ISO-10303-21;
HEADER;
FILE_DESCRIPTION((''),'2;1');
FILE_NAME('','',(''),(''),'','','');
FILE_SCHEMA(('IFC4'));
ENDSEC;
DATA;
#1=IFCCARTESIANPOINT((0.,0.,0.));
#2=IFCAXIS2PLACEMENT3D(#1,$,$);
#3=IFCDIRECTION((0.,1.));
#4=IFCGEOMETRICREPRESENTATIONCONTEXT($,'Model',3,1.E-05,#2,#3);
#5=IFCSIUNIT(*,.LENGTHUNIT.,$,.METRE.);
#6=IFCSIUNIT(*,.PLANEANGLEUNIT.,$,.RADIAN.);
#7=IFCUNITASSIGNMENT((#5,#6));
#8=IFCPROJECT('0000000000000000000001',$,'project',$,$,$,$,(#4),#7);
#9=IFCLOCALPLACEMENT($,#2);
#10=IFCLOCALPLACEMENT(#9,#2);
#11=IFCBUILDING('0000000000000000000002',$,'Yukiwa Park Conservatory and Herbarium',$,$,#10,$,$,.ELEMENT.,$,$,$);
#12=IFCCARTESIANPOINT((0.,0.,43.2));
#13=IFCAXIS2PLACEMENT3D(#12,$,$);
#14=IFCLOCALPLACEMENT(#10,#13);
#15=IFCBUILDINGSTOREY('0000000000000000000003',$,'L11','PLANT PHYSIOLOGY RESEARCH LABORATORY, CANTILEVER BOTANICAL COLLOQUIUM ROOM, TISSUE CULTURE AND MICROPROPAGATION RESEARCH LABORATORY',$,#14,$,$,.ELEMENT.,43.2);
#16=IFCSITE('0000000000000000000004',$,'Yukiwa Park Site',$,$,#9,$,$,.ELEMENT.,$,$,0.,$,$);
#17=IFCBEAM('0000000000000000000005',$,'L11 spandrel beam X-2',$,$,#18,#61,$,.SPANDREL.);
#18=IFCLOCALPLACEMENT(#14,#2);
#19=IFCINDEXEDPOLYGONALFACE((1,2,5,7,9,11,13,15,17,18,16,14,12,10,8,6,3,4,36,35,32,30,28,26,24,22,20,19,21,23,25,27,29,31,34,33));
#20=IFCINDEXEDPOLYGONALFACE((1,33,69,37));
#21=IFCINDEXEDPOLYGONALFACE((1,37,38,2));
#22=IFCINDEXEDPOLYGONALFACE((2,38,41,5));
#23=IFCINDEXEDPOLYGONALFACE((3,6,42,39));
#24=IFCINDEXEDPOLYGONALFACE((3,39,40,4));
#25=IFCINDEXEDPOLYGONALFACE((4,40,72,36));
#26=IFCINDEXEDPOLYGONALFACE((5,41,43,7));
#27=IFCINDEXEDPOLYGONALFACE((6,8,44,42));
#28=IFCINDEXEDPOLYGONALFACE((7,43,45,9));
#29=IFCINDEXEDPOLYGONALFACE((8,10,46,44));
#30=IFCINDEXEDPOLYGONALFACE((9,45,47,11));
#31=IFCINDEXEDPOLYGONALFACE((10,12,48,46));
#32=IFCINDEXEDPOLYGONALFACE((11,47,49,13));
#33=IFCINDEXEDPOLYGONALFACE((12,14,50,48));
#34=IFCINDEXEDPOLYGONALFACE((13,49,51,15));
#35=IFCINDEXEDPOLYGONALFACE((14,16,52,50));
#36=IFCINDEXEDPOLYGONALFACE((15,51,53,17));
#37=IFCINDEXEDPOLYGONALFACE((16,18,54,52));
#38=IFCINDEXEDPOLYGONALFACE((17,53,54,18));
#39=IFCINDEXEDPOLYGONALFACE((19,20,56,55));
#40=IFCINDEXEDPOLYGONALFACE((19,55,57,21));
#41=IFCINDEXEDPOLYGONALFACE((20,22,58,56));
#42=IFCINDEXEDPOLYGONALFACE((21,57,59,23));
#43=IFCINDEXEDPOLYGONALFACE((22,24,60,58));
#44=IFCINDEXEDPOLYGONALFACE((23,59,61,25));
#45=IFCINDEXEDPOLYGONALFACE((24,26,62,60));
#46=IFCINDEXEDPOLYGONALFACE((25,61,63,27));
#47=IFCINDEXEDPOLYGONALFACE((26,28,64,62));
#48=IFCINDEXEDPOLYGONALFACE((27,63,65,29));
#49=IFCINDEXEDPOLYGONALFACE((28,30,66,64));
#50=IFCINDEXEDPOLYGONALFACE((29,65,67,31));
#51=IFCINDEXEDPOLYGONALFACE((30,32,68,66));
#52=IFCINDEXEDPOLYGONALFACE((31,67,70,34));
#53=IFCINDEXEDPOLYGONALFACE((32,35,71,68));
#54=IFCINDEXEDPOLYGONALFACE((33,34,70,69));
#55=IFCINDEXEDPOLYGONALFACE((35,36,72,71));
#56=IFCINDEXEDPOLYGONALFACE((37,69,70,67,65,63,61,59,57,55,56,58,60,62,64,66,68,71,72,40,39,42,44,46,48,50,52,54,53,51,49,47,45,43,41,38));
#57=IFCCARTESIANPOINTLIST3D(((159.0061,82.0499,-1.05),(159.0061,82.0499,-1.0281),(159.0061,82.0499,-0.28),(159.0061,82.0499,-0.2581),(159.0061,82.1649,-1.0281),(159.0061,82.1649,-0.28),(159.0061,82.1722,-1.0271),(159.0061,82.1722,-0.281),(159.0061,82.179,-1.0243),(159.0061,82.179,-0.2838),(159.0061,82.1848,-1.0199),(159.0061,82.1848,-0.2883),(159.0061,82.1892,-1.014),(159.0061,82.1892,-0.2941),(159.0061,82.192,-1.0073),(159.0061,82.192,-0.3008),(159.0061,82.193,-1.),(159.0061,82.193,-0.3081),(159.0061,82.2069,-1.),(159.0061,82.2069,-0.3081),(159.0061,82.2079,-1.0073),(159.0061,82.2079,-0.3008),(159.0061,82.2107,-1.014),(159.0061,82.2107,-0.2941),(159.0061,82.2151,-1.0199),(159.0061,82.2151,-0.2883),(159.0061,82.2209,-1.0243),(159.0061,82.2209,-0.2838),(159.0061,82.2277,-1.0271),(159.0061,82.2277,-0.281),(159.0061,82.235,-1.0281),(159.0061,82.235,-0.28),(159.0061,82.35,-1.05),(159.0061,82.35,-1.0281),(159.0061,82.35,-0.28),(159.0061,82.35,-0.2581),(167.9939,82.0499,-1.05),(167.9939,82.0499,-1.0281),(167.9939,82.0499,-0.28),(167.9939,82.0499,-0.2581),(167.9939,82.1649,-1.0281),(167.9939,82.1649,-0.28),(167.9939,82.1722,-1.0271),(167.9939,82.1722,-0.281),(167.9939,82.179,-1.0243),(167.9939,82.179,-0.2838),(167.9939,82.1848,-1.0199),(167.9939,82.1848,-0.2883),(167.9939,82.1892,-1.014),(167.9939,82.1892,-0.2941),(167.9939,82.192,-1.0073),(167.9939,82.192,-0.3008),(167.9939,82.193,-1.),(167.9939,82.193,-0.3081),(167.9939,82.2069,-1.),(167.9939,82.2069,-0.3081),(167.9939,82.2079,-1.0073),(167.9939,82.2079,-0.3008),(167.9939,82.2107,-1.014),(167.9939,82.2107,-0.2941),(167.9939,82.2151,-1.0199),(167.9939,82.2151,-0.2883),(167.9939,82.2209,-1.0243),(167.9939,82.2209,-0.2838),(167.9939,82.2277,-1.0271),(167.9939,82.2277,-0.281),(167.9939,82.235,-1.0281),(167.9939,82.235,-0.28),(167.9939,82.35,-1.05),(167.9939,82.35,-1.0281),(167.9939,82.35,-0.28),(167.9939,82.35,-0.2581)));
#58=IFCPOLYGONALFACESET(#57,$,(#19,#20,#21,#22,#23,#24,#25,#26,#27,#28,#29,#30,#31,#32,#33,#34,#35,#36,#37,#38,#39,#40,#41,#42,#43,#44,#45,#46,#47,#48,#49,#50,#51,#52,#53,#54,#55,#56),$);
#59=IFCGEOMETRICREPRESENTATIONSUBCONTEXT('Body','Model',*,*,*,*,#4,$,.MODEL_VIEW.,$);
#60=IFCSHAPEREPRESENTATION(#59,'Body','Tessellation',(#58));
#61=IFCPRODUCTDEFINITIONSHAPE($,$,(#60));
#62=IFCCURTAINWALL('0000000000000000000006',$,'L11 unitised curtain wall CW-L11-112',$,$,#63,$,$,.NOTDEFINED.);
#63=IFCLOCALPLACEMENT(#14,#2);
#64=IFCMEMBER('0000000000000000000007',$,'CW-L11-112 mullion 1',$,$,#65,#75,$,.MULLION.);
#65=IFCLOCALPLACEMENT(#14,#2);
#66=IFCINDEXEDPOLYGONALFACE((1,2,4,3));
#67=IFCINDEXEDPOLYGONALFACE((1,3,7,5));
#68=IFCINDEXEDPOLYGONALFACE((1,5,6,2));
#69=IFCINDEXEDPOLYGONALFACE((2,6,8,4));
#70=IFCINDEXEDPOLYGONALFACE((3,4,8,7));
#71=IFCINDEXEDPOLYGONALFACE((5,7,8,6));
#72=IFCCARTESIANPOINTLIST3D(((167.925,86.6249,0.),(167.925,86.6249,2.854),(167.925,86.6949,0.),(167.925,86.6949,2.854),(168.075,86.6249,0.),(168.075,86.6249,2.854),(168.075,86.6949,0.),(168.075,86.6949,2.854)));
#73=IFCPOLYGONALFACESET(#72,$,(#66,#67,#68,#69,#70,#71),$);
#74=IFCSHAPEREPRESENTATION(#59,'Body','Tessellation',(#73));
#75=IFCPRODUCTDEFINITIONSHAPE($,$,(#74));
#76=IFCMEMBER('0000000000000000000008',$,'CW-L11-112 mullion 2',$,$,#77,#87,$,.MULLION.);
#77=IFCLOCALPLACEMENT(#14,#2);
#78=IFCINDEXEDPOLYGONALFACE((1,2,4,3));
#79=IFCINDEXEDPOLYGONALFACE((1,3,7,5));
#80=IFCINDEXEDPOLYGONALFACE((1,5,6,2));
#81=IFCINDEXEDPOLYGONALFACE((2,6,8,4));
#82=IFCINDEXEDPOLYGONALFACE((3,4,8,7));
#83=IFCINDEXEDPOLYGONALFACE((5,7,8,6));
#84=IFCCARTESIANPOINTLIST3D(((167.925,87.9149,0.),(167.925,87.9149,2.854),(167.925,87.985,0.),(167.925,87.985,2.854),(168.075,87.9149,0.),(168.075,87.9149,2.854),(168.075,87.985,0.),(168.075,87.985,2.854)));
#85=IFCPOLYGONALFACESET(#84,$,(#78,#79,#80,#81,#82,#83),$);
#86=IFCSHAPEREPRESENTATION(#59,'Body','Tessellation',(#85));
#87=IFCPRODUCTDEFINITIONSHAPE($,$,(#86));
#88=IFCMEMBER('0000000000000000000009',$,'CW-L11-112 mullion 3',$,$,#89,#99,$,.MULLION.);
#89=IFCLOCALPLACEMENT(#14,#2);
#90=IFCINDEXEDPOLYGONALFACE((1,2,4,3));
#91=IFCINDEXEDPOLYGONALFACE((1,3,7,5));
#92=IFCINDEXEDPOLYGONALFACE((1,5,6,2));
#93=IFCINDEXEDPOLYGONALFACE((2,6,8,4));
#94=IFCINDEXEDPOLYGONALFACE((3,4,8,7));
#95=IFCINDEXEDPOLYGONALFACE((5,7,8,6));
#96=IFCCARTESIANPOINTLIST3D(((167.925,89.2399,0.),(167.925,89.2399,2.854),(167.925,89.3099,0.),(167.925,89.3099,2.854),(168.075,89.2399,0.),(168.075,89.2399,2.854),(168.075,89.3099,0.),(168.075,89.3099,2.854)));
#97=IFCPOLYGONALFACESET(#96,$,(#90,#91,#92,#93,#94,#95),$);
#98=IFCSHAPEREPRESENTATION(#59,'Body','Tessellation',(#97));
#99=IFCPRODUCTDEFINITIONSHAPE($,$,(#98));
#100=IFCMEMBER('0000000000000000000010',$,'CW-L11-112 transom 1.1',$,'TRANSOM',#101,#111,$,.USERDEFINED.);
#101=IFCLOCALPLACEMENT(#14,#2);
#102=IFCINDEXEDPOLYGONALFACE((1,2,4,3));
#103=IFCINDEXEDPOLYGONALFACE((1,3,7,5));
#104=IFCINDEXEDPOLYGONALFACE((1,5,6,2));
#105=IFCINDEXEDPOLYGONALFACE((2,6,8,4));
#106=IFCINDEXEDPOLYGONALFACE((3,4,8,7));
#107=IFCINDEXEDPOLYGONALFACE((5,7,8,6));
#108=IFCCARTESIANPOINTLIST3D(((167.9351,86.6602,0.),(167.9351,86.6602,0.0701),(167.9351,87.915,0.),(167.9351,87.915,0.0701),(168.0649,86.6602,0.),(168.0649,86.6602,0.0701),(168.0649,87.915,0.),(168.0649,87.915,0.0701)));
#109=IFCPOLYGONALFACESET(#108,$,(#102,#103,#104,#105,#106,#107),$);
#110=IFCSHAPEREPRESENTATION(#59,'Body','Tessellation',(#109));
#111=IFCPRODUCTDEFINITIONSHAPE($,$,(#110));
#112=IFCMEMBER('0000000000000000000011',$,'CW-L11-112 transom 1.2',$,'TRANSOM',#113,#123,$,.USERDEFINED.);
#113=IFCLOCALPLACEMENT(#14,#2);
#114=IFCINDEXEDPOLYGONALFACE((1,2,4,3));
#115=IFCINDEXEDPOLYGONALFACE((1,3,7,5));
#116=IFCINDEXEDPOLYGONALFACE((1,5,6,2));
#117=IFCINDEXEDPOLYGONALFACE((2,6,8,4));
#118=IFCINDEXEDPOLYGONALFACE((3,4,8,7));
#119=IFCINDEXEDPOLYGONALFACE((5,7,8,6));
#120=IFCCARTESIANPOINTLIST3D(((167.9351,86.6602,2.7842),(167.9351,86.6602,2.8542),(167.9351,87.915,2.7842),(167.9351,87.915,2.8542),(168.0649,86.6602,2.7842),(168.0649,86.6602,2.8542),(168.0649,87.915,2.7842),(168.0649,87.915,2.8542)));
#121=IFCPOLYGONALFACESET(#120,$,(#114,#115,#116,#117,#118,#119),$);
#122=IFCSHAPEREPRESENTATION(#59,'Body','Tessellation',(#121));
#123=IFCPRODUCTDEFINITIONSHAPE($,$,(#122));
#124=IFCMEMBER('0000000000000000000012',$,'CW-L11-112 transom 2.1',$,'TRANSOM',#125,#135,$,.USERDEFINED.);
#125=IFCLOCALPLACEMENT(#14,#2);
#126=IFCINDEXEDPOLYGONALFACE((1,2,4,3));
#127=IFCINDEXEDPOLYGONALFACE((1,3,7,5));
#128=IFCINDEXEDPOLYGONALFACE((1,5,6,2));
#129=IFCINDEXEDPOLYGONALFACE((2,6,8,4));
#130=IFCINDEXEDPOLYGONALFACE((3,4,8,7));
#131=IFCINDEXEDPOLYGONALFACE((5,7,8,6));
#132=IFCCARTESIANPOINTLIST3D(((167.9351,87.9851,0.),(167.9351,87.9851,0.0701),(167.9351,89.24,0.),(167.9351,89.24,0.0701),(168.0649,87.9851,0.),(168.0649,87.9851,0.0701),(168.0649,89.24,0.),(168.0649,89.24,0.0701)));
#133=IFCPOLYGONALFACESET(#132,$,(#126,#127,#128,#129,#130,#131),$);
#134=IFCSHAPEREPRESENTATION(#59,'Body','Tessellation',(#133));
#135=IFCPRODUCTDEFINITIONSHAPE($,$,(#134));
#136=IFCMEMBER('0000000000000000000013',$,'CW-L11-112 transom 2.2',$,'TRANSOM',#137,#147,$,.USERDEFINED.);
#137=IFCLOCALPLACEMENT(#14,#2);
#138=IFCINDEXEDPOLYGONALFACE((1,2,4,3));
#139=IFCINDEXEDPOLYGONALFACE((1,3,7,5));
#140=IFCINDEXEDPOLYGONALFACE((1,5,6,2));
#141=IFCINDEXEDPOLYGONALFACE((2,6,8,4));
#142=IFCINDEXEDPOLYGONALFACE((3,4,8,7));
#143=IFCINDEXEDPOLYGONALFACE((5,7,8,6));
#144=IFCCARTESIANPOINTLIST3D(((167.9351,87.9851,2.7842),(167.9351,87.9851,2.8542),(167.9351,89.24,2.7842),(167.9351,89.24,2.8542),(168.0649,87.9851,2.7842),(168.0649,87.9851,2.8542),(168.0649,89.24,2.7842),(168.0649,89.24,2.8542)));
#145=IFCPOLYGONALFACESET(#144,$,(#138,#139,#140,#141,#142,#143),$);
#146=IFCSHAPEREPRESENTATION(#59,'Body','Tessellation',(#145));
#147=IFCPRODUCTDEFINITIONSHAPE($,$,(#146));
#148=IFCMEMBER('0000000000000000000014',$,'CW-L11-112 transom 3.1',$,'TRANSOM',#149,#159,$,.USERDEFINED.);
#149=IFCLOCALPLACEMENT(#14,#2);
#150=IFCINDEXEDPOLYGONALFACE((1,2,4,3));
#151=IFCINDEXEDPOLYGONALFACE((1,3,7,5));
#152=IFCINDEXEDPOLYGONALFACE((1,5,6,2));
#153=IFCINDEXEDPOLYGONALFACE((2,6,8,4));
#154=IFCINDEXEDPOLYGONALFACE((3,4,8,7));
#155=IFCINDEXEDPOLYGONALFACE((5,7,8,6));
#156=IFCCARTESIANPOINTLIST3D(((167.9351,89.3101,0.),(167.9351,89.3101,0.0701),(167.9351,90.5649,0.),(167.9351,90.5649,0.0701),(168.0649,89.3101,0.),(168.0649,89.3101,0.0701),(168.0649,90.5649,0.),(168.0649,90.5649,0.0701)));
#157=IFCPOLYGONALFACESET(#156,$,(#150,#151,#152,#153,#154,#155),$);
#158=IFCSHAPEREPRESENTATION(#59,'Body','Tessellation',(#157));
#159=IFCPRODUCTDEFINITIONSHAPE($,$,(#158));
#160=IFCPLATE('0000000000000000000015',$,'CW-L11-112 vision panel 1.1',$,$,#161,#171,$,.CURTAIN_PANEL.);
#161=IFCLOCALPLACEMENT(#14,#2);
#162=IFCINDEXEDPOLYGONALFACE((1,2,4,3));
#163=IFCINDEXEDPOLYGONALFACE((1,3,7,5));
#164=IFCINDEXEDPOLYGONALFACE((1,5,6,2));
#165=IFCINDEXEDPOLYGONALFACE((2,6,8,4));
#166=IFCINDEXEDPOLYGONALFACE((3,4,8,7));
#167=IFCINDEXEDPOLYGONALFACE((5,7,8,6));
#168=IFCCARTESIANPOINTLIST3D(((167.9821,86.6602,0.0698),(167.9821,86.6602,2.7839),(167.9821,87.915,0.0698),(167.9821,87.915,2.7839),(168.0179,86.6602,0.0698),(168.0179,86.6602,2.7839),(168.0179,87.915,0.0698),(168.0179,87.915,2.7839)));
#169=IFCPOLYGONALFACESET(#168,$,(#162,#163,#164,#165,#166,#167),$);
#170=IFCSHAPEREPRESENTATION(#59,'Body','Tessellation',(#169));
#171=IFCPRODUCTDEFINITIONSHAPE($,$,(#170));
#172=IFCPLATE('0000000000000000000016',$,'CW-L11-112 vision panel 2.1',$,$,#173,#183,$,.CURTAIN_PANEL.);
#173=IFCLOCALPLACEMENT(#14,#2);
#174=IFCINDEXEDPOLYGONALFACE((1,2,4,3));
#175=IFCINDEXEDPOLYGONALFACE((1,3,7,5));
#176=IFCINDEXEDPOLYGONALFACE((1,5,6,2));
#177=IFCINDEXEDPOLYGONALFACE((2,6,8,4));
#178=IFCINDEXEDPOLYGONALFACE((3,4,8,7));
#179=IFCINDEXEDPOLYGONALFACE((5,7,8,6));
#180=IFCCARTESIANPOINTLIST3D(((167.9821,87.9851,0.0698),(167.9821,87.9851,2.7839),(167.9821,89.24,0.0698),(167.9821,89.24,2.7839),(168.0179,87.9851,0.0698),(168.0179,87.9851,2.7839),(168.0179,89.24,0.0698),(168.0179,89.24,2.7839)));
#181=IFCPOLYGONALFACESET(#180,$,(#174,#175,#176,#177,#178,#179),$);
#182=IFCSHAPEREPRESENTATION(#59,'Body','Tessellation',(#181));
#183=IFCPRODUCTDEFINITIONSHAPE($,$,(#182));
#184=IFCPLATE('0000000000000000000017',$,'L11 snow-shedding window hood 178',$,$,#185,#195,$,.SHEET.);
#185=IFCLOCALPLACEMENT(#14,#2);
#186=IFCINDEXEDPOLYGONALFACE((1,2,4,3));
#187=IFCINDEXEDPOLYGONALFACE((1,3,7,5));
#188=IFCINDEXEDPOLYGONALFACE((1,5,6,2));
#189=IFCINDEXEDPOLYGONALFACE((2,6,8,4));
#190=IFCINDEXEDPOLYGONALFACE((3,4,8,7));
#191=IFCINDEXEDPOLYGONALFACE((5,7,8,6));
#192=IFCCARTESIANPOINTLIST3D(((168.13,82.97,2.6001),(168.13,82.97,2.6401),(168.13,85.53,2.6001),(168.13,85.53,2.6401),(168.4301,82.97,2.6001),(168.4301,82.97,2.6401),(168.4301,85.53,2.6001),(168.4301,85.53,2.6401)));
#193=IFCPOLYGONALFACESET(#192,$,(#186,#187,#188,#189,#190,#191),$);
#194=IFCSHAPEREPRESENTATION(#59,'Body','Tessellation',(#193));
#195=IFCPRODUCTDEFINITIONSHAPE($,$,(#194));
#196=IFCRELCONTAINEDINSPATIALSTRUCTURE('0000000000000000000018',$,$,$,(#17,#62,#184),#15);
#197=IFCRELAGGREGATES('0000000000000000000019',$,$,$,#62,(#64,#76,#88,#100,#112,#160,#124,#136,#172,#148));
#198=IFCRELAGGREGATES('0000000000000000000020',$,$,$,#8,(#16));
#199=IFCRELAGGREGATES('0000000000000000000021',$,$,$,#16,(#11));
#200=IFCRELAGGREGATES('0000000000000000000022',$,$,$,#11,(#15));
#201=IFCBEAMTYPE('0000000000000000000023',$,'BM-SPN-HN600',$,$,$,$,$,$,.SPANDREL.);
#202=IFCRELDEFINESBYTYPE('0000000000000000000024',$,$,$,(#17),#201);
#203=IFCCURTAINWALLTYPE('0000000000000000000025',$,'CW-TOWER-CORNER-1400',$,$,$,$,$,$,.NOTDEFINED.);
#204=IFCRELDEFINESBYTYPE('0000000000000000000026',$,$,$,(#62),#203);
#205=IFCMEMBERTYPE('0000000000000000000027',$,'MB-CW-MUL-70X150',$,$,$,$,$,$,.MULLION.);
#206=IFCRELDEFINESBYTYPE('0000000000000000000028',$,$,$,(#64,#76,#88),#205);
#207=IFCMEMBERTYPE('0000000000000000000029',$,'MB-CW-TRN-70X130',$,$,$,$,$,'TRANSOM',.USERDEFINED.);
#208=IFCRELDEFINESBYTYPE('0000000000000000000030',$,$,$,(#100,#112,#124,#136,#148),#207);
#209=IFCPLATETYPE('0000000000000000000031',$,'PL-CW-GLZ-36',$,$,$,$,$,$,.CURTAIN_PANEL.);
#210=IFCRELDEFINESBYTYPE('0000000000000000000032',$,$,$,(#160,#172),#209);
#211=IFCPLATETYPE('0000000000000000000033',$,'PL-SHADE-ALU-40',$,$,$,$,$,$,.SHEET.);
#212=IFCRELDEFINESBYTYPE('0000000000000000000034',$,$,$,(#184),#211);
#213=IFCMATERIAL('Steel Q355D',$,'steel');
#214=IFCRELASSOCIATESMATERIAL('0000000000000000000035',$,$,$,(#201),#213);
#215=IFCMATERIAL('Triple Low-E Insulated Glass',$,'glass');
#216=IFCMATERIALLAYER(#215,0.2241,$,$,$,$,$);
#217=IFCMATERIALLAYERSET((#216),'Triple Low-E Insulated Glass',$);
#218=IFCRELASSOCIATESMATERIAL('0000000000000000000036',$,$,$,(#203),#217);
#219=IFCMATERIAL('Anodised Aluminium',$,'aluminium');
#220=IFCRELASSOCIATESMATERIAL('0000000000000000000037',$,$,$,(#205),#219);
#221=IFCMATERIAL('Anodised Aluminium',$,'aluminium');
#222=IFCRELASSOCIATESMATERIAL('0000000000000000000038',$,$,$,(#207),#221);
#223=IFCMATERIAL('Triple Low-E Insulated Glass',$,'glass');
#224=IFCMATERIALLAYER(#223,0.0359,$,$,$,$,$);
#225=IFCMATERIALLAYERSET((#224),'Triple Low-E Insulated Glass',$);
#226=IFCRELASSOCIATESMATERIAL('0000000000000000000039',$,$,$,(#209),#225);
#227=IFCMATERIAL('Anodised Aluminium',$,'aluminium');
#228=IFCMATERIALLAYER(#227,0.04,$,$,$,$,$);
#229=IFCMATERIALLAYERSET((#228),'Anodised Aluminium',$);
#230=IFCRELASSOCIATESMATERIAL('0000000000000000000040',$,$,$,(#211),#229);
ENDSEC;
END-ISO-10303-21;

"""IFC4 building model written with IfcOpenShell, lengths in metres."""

from ifc_helpers import new_model, si_unit, direction, frame, origin, origin_2d, place, context, subcontext, project, spatial, rectangle, i_section, extrude, material, layer, layer_set, material_profile, profile_set, type_object, element, aggregate, save


model = new_model("IFC4")

# Units and contexts
model_context = context("Model", 3, precision=1e-05, world=origin(), true_north=direction((0.0, 1.0)))
body_context = subcontext(model_context, "Body", "Model", "MODEL_VIEW")
ifc_project = project(units=[si_unit("LENGTHUNIT", "METRE"), si_unit("PLANEANGLEUNIT", "RADIAN")], contexts=[model_context])

# Site, building, storey
site_placement = place(None, origin())
site = spatial("IfcSite", under=ifc_project, at=site_placement, Name="Yukiwa Park Site", CompositionType="ELEMENT", RefElevation=0.0)
building_placement = place(site_placement, origin())
building = spatial("IfcBuilding", under=site, at=building_placement, Name="Yukiwa Park Conservatory and Herbarium", CompositionType="ELEMENT")
storey_placement = place(building_placement, frame((0.0, 0.0, 43.2)))
storey = spatial("IfcBuildingStorey", under=building, at=storey_placement, Name="L11", Description="PLANT PHYSIOLOGY RESEARCH LABORATORY, CANTILEVER BOTANICAL COLLOQUIUM ROOM, TISSUE CULTURE AND MICROPROPAGATION RESEARCH LABORATORY", CompositionType="ELEMENT", Elevation=43.2)

# Beam
ifc_material_1 = material(Name="Steel Q355D", Category="steel")
ifc_material_profile_1 = material_profile(ifc_material_1, i_section(OverallWidth=0.3, OverallDepth=0.792, WebThickness=0.0139, FlangeThickness=0.022, FilletRadius=0.0281, at=origin_2d()), Name="HN 792x300x14x22")
ifc_profile_set_1 = profile_set([ifc_material_profile_1], Name="Steel Q355D")
beam_type_1 = type_object("IfcBeamType", Name="BM-SPN-HN600", PredefinedType="SPANDREL", material=ifc_profile_set_1)
beam_1_placement = place(storey_placement, frame((159.0061, 82.2, -0.6541), z_axis=(1.0, 0.0, 0.0), x_axis=(0.0, 1.0, 0.0)))
element("IfcBeam", 1, at=beam_1_placement, inside=storey, type_object=beam_type_1, Name="L11 spandrel beam X-2", PredefinedType="SPANDREL", context=body_context, shape_type="SweptSolid", body=[
    extrude(i_section(OverallWidth=0.3, OverallDepth=0.792, WebThickness=0.0139, FlangeThickness=0.022, FilletRadius=0.0281, at=origin_2d()), origin(), (0.0, 0.0, 1.0), 8.9878),
])

# Curtain wall, members, plates
ifc_material_2 = material(Name="Triple Low-E Insulated Glass", Category="glass")
ifc_layer_1 = layer(ifc_material_2, 0.2241)
ifc_layer_set_1 = layer_set([ifc_layer_1], Name="Triple Low-E Insulated Glass")
curtain_wall_type = type_object("IfcCurtainWallType", Name="CW-TOWER-CORNER-1400", PredefinedType="NOTDEFINED", material=ifc_layer_set_1)
curtain_wall_placement = place(storey_placement, origin())
curtain_wall = element("IfcCurtainWall", 2, at=curtain_wall_placement, inside=storey, type_object=curtain_wall_type, Name="L11 unitised curtain wall CW-L11-112", PredefinedType="NOTDEFINED")
ifc_material_3 = material(Name="Anodised Aluminium", Category="aluminium")
member_type_1 = type_object("IfcMemberType", Name="MB-CW-MUL-70X150", PredefinedType="MULLION", material=ifc_material_3)
member_1_placement = place(storey_placement, frame((168.0, 86.6599, 0.0), z_axis=(0.0, 0.0, 1.0), x_axis=(0.0, 1.0, 0.0)))
member_1 = element("IfcMember", 3, at=member_1_placement, type_object=member_type_1, Name="CW-L11-112 mullion 1", PredefinedType="MULLION", context=body_context, shape_type="SweptSolid", body=[
    extrude(rectangle(XDim=0.0701, YDim=0.1499, at=origin_2d()), origin(), (0.0, 0.0, 1.0), 2.854),
])
member_2_placement = place(storey_placement, frame((168.0, 87.95, 0.0), z_axis=(0.0, 0.0, 1.0), x_axis=(0.0, 1.0, 0.0)))
member_2 = element("IfcMember", 4, at=member_2_placement, type_object=member_type_1, Name="CW-L11-112 mullion 2", PredefinedType="MULLION", context=body_context, shape_type="SweptSolid", body=[
    extrude(rectangle(XDim=0.0701, YDim=0.1499, at=origin_2d()), origin(), (0.0, 0.0, 1.0), 2.854),
])
member_3_placement = place(storey_placement, frame((168.0, 89.2749, 0.0), z_axis=(0.0, 0.0, 1.0), x_axis=(0.0, 1.0, 0.0)))
member_3 = element("IfcMember", 5, at=member_3_placement, type_object=member_type_1, Name="CW-L11-112 mullion 3", PredefinedType="MULLION", context=body_context, shape_type="SweptSolid", body=[
    extrude(rectangle(XDim=0.0701, YDim=0.1499, at=origin_2d()), origin(), (0.0, 0.0, 1.0), 2.854),
])
ifc_material_4 = material(Name="Anodised Aluminium", Category="aluminium")
member_type_2 = type_object("IfcMemberType", Name="MB-CW-TRN-70X130", ElementType="TRANSOM", PredefinedType="USERDEFINED", material=ifc_material_4)
member_4_placement = place(storey_placement, frame((168.0, 87.2876, 0.0), z_axis=(0.0, 0.0, 1.0), x_axis=(0.0, 1.0, 0.0)))
member_4 = element("IfcMember", 6, at=member_4_placement, type_object=member_type_2, Name="CW-L11-112 transom 1.1", ObjectType="TRANSOM", PredefinedType="USERDEFINED", context=body_context, shape_type="SweptSolid", body=[
    extrude(rectangle(XDim=1.2549, YDim=0.1299, at=origin_2d()), origin(), (0.0, 0.0, 1.0), 0.0701),
])
member_5_placement = place(storey_placement, frame((168.0, 87.2876, 2.7842), z_axis=(0.0, 0.0, 1.0), x_axis=(0.0, 1.0, 0.0)))
member_5 = element("IfcMember", 7, at=member_5_placement, type_object=member_type_2, Name="CW-L11-112 transom 1.2", ObjectType="TRANSOM", PredefinedType="USERDEFINED", context=body_context, shape_type="SweptSolid", body=[
    extrude(rectangle(XDim=1.2549, YDim=0.1299, at=origin_2d()), origin(), (0.0, 0.0, 1.0), 0.0701),
])
member_6_placement = place(storey_placement, frame((168.0, 88.6125, 0.0), z_axis=(0.0, 0.0, 1.0), x_axis=(0.0, 1.0, 0.0)))
member_6 = element("IfcMember", 8, at=member_6_placement, type_object=member_type_2, Name="CW-L11-112 transom 2.1", ObjectType="TRANSOM", PredefinedType="USERDEFINED", context=body_context, shape_type="SweptSolid", body=[
    extrude(rectangle(XDim=1.2549, YDim=0.1299, at=origin_2d()), origin(), (0.0, 0.0, 1.0), 0.0701),
])
member_7_placement = place(storey_placement, frame((168.0, 88.6125, 2.7842), z_axis=(0.0, 0.0, 1.0), x_axis=(0.0, 1.0, 0.0)))
member_7 = element("IfcMember", 9, at=member_7_placement, type_object=member_type_2, Name="CW-L11-112 transom 2.2", ObjectType="TRANSOM", PredefinedType="USERDEFINED", context=body_context, shape_type="SweptSolid", body=[
    extrude(rectangle(XDim=1.2549, YDim=0.1299, at=origin_2d()), origin(), (0.0, 0.0, 1.0), 0.0701),
])
member_8_placement = place(storey_placement, frame((168.0, 89.9375, 0.0), z_axis=(0.0, 0.0, 1.0), x_axis=(0.0, 1.0, 0.0)))
member_8 = element("IfcMember", 10, at=member_8_placement, type_object=member_type_2, Name="CW-L11-112 transom 3.1", ObjectType="TRANSOM", PredefinedType="USERDEFINED", context=body_context, shape_type="SweptSolid", body=[
    extrude(rectangle(XDim=1.2549, YDim=0.1299, at=origin_2d()), origin(), (0.0, 0.0, 1.0), 0.0701),
])
ifc_material_5 = material(Name="Triple Low-E Insulated Glass", Category="glass")
ifc_layer_2 = layer(ifc_material_5, 0.0359)
ifc_layer_set_2 = layer_set([ifc_layer_2], Name="Triple Low-E Insulated Glass")
plate_type_1 = type_object("IfcPlateType", Name="PL-CW-GLZ-36", PredefinedType="CURTAIN_PANEL", material=ifc_layer_set_2)
plate_1_placement = place(storey_placement, frame((168.0, 87.2876, 0.0698), z_axis=(0.0, 0.0, 1.0), x_axis=(0.0, 1.0, 0.0)))
plate_1 = element("IfcPlate", 11, at=plate_1_placement, type_object=plate_type_1, Name="CW-L11-112 vision panel 1.1", PredefinedType="CURTAIN_PANEL", context=body_context, shape_type="SweptSolid", body=[
    extrude(rectangle(XDim=1.2549, YDim=0.0359, at=origin_2d()), origin(), (0.0, 0.0, 1.0), 2.7141),
])
plate_2_placement = place(storey_placement, frame((168.0, 88.6125, 0.0698), z_axis=(0.0, 0.0, 1.0), x_axis=(0.0, 1.0, 0.0)))
plate_2 = element("IfcPlate", 12, at=plate_2_placement, type_object=plate_type_1, Name="CW-L11-112 vision panel 2.1", PredefinedType="CURTAIN_PANEL", context=body_context, shape_type="SweptSolid", body=[
    extrude(rectangle(XDim=1.2549, YDim=0.0359, at=origin_2d()), origin(), (0.0, 0.0, 1.0), 2.7141),
])
aggregate(curtain_wall, [member_1, member_2, member_3, member_4, member_5, plate_1, member_6, member_7, plate_2, member_8])

# Plate
ifc_material_6 = material(Name="Anodised Aluminium", Category="aluminium")
ifc_layer_3 = layer(ifc_material_6, 0.04)
ifc_layer_set_3 = layer_set([ifc_layer_3], Name="Anodised Aluminium")
plate_type_2 = type_object("IfcPlateType", Name="PL-SHADE-ALU-40", PredefinedType="SHEET", material=ifc_layer_set_3)
plate_3_placement = place(storey_placement, frame((168.28, 84.25, 2.6001), z_axis=(0.0, 0.0, 1.0), x_axis=(0.0, 1.0, 0.0)))
element("IfcPlate", 13, at=plate_3_placement, inside=storey, type_object=plate_type_2, Name="L11 snow-shedding window hood 178", PredefinedType="SHEET", context=body_context, shape_type="SweptSolid", body=[
    extrude(rectangle(XDim=2.5601, YDim=0.3, at=origin_2d()), origin(), (0.0, 0.0, 1.0), 0.04),
])

save(model, "model.ifc")
